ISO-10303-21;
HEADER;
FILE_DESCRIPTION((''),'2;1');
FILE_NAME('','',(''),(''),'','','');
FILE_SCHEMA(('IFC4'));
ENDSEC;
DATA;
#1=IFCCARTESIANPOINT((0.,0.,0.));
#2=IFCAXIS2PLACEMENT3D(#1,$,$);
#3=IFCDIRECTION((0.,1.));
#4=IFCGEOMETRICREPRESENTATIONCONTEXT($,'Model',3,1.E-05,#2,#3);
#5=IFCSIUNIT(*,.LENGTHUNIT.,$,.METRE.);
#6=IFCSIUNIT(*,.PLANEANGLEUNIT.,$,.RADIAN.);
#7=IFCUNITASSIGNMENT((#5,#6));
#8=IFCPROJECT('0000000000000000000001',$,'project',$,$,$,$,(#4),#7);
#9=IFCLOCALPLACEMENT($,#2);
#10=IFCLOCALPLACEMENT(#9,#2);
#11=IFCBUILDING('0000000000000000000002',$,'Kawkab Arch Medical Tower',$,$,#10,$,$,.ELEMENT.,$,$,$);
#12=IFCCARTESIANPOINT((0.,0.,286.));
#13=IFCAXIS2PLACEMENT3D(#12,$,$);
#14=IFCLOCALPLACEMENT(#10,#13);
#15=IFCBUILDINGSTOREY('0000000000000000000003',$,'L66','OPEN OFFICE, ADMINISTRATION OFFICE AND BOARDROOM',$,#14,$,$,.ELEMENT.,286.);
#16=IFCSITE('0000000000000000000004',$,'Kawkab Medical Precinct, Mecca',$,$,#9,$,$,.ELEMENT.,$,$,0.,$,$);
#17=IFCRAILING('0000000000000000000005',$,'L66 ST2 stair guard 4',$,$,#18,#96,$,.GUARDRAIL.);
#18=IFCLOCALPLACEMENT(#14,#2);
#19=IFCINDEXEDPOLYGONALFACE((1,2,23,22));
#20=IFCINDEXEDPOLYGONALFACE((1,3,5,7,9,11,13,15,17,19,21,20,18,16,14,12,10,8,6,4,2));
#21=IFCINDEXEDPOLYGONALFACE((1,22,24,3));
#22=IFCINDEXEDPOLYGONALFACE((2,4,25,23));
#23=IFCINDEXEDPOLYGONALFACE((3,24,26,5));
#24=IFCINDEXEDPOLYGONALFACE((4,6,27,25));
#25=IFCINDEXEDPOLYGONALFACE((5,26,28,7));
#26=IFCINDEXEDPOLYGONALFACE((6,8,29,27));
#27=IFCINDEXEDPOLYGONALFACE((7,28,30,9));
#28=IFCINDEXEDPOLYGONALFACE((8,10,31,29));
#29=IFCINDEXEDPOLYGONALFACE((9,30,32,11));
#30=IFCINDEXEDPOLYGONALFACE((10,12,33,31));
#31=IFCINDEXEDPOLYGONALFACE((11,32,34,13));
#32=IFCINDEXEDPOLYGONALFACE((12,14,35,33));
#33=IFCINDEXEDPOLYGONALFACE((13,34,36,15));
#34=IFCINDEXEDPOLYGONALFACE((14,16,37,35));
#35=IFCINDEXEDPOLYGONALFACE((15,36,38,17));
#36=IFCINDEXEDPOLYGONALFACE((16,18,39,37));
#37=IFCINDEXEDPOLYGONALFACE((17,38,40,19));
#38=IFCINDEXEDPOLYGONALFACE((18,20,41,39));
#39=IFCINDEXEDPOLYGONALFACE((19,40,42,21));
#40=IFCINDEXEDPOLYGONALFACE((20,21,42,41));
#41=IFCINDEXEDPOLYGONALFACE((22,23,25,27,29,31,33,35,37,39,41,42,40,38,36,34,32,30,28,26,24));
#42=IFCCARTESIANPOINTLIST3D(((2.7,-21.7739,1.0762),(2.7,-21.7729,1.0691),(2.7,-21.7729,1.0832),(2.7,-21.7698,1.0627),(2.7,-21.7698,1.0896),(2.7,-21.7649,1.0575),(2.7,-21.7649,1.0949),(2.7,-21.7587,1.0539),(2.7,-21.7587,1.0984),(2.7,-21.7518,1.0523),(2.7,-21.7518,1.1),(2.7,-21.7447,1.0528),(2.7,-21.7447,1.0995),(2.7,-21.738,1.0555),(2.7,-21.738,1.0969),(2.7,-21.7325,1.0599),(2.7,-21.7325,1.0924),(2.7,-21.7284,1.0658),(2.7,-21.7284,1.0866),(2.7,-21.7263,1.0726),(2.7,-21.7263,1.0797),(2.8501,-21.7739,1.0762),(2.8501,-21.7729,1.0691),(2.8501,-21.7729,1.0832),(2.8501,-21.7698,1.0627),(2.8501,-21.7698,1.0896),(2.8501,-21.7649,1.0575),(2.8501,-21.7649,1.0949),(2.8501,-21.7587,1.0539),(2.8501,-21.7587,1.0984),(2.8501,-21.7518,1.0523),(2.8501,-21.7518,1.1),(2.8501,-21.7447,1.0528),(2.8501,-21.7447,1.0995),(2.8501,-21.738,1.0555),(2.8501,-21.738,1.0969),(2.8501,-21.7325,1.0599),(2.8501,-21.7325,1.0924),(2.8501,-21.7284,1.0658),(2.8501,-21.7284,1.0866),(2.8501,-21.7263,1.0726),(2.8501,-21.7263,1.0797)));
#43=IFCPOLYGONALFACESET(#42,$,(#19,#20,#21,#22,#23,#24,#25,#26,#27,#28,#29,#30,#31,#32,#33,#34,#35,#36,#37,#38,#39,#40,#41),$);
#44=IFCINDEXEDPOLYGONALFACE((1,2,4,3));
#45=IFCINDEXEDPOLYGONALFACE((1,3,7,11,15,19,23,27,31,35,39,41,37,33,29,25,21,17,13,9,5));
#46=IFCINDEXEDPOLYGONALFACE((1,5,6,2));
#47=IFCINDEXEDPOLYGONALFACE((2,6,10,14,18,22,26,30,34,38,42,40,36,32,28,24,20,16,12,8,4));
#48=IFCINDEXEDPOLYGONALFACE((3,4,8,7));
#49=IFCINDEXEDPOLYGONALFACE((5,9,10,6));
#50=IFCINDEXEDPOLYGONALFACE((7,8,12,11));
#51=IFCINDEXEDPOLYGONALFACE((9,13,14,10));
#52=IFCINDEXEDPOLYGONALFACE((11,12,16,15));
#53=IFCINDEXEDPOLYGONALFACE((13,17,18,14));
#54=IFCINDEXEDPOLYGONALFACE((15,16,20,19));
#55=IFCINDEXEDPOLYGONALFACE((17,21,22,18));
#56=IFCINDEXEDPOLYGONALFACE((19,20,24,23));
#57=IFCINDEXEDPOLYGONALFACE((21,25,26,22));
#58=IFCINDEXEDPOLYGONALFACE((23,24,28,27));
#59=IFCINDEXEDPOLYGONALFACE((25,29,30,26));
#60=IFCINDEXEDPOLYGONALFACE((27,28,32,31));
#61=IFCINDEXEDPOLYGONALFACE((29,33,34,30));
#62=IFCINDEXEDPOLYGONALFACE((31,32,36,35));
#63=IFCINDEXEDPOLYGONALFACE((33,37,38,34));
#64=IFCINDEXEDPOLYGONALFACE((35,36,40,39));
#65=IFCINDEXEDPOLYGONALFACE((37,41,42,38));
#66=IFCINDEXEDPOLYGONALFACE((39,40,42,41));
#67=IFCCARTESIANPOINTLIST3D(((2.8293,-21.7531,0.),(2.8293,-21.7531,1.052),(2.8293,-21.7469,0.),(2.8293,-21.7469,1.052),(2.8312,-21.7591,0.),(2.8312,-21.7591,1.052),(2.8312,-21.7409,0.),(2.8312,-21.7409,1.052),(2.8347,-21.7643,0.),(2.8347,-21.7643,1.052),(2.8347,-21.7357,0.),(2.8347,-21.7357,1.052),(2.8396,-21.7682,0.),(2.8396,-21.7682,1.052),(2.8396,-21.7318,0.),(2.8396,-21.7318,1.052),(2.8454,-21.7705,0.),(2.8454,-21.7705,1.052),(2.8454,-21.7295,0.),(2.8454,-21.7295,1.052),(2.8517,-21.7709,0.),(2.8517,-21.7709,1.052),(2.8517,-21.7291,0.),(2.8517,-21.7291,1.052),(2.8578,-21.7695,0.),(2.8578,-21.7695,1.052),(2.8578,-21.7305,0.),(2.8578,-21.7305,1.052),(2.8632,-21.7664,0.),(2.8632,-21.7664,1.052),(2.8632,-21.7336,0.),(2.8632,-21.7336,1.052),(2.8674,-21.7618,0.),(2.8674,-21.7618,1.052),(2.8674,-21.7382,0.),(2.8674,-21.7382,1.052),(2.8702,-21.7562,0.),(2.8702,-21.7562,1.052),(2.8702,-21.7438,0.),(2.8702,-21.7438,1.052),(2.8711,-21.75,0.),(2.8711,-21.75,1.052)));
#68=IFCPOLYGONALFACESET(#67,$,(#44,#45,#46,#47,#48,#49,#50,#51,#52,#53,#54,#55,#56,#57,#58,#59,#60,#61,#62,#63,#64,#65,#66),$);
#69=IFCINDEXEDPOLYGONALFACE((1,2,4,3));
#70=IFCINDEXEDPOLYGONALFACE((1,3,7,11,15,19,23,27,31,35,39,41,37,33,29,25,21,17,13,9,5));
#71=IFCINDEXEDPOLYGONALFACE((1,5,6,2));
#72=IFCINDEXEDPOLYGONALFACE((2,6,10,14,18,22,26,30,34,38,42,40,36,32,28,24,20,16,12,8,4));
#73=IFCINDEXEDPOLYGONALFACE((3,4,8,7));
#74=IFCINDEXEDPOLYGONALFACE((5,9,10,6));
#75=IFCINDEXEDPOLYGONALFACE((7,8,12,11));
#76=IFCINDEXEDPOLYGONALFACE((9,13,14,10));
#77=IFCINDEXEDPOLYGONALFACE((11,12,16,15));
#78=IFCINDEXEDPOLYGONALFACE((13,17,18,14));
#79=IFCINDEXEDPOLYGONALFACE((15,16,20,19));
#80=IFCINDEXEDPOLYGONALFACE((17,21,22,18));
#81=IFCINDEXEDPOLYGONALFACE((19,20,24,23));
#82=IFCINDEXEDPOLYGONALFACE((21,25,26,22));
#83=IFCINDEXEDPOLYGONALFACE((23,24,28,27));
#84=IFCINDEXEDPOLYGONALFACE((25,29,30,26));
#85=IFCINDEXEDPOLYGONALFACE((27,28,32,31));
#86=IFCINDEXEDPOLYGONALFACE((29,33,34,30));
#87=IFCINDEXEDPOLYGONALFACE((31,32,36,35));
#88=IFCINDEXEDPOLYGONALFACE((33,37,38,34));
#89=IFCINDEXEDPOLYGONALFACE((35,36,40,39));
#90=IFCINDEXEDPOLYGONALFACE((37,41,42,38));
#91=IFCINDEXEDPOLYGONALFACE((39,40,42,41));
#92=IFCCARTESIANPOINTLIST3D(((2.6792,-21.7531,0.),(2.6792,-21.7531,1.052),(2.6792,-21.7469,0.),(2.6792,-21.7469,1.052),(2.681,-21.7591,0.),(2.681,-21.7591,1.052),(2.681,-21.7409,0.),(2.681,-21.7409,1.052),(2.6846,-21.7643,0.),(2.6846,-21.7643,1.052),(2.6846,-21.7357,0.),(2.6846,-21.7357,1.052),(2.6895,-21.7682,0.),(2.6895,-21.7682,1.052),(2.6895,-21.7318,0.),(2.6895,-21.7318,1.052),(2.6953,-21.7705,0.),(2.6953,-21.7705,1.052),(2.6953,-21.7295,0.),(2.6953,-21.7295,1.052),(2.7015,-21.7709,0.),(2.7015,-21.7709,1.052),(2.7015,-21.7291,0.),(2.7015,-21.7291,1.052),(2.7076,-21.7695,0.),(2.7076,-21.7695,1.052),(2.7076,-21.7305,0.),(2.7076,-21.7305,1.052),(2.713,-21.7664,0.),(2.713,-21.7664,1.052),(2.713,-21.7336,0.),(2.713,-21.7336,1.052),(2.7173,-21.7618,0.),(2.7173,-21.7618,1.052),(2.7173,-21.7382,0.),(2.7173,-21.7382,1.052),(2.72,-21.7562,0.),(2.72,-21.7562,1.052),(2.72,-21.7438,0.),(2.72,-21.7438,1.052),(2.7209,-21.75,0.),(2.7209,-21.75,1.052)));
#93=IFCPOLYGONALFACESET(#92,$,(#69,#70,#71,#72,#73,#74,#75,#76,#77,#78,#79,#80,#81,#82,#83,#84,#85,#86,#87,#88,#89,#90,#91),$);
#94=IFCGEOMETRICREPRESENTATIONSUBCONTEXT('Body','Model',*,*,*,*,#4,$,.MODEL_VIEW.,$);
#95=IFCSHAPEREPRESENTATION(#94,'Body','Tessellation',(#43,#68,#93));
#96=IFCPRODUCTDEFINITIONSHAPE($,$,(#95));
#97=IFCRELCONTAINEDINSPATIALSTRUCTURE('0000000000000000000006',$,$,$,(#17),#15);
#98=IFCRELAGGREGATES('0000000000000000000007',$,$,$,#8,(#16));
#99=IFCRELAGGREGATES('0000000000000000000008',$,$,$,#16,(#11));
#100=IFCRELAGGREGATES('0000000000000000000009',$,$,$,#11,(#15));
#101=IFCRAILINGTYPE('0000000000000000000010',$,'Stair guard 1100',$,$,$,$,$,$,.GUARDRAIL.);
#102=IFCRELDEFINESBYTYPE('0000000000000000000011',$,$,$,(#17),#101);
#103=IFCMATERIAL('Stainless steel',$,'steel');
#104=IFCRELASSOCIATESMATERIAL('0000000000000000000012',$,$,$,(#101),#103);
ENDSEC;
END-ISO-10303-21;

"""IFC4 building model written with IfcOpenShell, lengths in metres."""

from ifc_helpers import new_model, si_unit, direction, frame, origin, origin_2d, place, context, subcontext, project, spatial, circle, extrude, material, type_object, element, save


model = new_model("IFC4")

# Units and contexts
model_context = context("Model", 3, precision=1e-05, world=origin(), true_north=direction((0.0, 1.0)))
body_context = subcontext(model_context, "Body", "Model", "MODEL_VIEW")
ifc_project = project(units=[si_unit("LENGTHUNIT", "METRE"), si_unit("PLANEANGLEUNIT", "RADIAN")], contexts=[model_context])

# Site, building, storey
site_placement = place(None, origin())
site = spatial("IfcSite", under=ifc_project, at=site_placement, Name="Kawkab Medical Precinct, Mecca", CompositionType="ELEMENT", RefElevation=0.0)
building_placement = place(site_placement, origin())
building = spatial("IfcBuilding", under=site, at=building_placement, Name="Kawkab Arch Medical Tower", CompositionType="ELEMENT")
storey_placement = place(building_placement, frame((0.0, 0.0, 286.0)))
storey = spatial("IfcBuildingStorey", under=building, at=storey_placement, Name="L66", Description="OPEN OFFICE, ADMINISTRATION OFFICE AND BOARDROOM", CompositionType="ELEMENT", Elevation=286.0)

# Railing
ifc_material_1 = material(Name="Stainless steel", Category="steel")
railing_type_1 = type_object("IfcRailingType", Name="Stair guard 1100", PredefinedType="GUARDRAIL", material=ifc_material_1)
railing_1_placement = place(storey_placement, frame((2.8501, -21.75, 0.0)))
element("IfcRailing", 1, at=railing_1_placement, inside=storey, type_object=railing_type_1, Name="L66 ST2 stair guard 4", PredefinedType="GUARDRAIL", context=body_context, shape_type="SweptSolid", body=[
    extrude(circle(Radius=0.0239, at=origin_2d()), frame((0.0, 0.0, 1.0762), z_axis=(-1.0, 0.0, 0.0), x_axis=(0.0, -1.0, 0.0)), (0.0, 0.0, 1.0), 0.1501),
    extrude(circle(Radius=0.021, at=origin_2d()), origin(), (0.0, 0.0, 1.0), 1.052),
    extrude(circle(Radius=0.021, at=origin_2d()), frame((-0.1501, 0.0, 0.0)), (0.0, 0.0, 1.0), 1.052),
])

save(model, "model.ifc")
